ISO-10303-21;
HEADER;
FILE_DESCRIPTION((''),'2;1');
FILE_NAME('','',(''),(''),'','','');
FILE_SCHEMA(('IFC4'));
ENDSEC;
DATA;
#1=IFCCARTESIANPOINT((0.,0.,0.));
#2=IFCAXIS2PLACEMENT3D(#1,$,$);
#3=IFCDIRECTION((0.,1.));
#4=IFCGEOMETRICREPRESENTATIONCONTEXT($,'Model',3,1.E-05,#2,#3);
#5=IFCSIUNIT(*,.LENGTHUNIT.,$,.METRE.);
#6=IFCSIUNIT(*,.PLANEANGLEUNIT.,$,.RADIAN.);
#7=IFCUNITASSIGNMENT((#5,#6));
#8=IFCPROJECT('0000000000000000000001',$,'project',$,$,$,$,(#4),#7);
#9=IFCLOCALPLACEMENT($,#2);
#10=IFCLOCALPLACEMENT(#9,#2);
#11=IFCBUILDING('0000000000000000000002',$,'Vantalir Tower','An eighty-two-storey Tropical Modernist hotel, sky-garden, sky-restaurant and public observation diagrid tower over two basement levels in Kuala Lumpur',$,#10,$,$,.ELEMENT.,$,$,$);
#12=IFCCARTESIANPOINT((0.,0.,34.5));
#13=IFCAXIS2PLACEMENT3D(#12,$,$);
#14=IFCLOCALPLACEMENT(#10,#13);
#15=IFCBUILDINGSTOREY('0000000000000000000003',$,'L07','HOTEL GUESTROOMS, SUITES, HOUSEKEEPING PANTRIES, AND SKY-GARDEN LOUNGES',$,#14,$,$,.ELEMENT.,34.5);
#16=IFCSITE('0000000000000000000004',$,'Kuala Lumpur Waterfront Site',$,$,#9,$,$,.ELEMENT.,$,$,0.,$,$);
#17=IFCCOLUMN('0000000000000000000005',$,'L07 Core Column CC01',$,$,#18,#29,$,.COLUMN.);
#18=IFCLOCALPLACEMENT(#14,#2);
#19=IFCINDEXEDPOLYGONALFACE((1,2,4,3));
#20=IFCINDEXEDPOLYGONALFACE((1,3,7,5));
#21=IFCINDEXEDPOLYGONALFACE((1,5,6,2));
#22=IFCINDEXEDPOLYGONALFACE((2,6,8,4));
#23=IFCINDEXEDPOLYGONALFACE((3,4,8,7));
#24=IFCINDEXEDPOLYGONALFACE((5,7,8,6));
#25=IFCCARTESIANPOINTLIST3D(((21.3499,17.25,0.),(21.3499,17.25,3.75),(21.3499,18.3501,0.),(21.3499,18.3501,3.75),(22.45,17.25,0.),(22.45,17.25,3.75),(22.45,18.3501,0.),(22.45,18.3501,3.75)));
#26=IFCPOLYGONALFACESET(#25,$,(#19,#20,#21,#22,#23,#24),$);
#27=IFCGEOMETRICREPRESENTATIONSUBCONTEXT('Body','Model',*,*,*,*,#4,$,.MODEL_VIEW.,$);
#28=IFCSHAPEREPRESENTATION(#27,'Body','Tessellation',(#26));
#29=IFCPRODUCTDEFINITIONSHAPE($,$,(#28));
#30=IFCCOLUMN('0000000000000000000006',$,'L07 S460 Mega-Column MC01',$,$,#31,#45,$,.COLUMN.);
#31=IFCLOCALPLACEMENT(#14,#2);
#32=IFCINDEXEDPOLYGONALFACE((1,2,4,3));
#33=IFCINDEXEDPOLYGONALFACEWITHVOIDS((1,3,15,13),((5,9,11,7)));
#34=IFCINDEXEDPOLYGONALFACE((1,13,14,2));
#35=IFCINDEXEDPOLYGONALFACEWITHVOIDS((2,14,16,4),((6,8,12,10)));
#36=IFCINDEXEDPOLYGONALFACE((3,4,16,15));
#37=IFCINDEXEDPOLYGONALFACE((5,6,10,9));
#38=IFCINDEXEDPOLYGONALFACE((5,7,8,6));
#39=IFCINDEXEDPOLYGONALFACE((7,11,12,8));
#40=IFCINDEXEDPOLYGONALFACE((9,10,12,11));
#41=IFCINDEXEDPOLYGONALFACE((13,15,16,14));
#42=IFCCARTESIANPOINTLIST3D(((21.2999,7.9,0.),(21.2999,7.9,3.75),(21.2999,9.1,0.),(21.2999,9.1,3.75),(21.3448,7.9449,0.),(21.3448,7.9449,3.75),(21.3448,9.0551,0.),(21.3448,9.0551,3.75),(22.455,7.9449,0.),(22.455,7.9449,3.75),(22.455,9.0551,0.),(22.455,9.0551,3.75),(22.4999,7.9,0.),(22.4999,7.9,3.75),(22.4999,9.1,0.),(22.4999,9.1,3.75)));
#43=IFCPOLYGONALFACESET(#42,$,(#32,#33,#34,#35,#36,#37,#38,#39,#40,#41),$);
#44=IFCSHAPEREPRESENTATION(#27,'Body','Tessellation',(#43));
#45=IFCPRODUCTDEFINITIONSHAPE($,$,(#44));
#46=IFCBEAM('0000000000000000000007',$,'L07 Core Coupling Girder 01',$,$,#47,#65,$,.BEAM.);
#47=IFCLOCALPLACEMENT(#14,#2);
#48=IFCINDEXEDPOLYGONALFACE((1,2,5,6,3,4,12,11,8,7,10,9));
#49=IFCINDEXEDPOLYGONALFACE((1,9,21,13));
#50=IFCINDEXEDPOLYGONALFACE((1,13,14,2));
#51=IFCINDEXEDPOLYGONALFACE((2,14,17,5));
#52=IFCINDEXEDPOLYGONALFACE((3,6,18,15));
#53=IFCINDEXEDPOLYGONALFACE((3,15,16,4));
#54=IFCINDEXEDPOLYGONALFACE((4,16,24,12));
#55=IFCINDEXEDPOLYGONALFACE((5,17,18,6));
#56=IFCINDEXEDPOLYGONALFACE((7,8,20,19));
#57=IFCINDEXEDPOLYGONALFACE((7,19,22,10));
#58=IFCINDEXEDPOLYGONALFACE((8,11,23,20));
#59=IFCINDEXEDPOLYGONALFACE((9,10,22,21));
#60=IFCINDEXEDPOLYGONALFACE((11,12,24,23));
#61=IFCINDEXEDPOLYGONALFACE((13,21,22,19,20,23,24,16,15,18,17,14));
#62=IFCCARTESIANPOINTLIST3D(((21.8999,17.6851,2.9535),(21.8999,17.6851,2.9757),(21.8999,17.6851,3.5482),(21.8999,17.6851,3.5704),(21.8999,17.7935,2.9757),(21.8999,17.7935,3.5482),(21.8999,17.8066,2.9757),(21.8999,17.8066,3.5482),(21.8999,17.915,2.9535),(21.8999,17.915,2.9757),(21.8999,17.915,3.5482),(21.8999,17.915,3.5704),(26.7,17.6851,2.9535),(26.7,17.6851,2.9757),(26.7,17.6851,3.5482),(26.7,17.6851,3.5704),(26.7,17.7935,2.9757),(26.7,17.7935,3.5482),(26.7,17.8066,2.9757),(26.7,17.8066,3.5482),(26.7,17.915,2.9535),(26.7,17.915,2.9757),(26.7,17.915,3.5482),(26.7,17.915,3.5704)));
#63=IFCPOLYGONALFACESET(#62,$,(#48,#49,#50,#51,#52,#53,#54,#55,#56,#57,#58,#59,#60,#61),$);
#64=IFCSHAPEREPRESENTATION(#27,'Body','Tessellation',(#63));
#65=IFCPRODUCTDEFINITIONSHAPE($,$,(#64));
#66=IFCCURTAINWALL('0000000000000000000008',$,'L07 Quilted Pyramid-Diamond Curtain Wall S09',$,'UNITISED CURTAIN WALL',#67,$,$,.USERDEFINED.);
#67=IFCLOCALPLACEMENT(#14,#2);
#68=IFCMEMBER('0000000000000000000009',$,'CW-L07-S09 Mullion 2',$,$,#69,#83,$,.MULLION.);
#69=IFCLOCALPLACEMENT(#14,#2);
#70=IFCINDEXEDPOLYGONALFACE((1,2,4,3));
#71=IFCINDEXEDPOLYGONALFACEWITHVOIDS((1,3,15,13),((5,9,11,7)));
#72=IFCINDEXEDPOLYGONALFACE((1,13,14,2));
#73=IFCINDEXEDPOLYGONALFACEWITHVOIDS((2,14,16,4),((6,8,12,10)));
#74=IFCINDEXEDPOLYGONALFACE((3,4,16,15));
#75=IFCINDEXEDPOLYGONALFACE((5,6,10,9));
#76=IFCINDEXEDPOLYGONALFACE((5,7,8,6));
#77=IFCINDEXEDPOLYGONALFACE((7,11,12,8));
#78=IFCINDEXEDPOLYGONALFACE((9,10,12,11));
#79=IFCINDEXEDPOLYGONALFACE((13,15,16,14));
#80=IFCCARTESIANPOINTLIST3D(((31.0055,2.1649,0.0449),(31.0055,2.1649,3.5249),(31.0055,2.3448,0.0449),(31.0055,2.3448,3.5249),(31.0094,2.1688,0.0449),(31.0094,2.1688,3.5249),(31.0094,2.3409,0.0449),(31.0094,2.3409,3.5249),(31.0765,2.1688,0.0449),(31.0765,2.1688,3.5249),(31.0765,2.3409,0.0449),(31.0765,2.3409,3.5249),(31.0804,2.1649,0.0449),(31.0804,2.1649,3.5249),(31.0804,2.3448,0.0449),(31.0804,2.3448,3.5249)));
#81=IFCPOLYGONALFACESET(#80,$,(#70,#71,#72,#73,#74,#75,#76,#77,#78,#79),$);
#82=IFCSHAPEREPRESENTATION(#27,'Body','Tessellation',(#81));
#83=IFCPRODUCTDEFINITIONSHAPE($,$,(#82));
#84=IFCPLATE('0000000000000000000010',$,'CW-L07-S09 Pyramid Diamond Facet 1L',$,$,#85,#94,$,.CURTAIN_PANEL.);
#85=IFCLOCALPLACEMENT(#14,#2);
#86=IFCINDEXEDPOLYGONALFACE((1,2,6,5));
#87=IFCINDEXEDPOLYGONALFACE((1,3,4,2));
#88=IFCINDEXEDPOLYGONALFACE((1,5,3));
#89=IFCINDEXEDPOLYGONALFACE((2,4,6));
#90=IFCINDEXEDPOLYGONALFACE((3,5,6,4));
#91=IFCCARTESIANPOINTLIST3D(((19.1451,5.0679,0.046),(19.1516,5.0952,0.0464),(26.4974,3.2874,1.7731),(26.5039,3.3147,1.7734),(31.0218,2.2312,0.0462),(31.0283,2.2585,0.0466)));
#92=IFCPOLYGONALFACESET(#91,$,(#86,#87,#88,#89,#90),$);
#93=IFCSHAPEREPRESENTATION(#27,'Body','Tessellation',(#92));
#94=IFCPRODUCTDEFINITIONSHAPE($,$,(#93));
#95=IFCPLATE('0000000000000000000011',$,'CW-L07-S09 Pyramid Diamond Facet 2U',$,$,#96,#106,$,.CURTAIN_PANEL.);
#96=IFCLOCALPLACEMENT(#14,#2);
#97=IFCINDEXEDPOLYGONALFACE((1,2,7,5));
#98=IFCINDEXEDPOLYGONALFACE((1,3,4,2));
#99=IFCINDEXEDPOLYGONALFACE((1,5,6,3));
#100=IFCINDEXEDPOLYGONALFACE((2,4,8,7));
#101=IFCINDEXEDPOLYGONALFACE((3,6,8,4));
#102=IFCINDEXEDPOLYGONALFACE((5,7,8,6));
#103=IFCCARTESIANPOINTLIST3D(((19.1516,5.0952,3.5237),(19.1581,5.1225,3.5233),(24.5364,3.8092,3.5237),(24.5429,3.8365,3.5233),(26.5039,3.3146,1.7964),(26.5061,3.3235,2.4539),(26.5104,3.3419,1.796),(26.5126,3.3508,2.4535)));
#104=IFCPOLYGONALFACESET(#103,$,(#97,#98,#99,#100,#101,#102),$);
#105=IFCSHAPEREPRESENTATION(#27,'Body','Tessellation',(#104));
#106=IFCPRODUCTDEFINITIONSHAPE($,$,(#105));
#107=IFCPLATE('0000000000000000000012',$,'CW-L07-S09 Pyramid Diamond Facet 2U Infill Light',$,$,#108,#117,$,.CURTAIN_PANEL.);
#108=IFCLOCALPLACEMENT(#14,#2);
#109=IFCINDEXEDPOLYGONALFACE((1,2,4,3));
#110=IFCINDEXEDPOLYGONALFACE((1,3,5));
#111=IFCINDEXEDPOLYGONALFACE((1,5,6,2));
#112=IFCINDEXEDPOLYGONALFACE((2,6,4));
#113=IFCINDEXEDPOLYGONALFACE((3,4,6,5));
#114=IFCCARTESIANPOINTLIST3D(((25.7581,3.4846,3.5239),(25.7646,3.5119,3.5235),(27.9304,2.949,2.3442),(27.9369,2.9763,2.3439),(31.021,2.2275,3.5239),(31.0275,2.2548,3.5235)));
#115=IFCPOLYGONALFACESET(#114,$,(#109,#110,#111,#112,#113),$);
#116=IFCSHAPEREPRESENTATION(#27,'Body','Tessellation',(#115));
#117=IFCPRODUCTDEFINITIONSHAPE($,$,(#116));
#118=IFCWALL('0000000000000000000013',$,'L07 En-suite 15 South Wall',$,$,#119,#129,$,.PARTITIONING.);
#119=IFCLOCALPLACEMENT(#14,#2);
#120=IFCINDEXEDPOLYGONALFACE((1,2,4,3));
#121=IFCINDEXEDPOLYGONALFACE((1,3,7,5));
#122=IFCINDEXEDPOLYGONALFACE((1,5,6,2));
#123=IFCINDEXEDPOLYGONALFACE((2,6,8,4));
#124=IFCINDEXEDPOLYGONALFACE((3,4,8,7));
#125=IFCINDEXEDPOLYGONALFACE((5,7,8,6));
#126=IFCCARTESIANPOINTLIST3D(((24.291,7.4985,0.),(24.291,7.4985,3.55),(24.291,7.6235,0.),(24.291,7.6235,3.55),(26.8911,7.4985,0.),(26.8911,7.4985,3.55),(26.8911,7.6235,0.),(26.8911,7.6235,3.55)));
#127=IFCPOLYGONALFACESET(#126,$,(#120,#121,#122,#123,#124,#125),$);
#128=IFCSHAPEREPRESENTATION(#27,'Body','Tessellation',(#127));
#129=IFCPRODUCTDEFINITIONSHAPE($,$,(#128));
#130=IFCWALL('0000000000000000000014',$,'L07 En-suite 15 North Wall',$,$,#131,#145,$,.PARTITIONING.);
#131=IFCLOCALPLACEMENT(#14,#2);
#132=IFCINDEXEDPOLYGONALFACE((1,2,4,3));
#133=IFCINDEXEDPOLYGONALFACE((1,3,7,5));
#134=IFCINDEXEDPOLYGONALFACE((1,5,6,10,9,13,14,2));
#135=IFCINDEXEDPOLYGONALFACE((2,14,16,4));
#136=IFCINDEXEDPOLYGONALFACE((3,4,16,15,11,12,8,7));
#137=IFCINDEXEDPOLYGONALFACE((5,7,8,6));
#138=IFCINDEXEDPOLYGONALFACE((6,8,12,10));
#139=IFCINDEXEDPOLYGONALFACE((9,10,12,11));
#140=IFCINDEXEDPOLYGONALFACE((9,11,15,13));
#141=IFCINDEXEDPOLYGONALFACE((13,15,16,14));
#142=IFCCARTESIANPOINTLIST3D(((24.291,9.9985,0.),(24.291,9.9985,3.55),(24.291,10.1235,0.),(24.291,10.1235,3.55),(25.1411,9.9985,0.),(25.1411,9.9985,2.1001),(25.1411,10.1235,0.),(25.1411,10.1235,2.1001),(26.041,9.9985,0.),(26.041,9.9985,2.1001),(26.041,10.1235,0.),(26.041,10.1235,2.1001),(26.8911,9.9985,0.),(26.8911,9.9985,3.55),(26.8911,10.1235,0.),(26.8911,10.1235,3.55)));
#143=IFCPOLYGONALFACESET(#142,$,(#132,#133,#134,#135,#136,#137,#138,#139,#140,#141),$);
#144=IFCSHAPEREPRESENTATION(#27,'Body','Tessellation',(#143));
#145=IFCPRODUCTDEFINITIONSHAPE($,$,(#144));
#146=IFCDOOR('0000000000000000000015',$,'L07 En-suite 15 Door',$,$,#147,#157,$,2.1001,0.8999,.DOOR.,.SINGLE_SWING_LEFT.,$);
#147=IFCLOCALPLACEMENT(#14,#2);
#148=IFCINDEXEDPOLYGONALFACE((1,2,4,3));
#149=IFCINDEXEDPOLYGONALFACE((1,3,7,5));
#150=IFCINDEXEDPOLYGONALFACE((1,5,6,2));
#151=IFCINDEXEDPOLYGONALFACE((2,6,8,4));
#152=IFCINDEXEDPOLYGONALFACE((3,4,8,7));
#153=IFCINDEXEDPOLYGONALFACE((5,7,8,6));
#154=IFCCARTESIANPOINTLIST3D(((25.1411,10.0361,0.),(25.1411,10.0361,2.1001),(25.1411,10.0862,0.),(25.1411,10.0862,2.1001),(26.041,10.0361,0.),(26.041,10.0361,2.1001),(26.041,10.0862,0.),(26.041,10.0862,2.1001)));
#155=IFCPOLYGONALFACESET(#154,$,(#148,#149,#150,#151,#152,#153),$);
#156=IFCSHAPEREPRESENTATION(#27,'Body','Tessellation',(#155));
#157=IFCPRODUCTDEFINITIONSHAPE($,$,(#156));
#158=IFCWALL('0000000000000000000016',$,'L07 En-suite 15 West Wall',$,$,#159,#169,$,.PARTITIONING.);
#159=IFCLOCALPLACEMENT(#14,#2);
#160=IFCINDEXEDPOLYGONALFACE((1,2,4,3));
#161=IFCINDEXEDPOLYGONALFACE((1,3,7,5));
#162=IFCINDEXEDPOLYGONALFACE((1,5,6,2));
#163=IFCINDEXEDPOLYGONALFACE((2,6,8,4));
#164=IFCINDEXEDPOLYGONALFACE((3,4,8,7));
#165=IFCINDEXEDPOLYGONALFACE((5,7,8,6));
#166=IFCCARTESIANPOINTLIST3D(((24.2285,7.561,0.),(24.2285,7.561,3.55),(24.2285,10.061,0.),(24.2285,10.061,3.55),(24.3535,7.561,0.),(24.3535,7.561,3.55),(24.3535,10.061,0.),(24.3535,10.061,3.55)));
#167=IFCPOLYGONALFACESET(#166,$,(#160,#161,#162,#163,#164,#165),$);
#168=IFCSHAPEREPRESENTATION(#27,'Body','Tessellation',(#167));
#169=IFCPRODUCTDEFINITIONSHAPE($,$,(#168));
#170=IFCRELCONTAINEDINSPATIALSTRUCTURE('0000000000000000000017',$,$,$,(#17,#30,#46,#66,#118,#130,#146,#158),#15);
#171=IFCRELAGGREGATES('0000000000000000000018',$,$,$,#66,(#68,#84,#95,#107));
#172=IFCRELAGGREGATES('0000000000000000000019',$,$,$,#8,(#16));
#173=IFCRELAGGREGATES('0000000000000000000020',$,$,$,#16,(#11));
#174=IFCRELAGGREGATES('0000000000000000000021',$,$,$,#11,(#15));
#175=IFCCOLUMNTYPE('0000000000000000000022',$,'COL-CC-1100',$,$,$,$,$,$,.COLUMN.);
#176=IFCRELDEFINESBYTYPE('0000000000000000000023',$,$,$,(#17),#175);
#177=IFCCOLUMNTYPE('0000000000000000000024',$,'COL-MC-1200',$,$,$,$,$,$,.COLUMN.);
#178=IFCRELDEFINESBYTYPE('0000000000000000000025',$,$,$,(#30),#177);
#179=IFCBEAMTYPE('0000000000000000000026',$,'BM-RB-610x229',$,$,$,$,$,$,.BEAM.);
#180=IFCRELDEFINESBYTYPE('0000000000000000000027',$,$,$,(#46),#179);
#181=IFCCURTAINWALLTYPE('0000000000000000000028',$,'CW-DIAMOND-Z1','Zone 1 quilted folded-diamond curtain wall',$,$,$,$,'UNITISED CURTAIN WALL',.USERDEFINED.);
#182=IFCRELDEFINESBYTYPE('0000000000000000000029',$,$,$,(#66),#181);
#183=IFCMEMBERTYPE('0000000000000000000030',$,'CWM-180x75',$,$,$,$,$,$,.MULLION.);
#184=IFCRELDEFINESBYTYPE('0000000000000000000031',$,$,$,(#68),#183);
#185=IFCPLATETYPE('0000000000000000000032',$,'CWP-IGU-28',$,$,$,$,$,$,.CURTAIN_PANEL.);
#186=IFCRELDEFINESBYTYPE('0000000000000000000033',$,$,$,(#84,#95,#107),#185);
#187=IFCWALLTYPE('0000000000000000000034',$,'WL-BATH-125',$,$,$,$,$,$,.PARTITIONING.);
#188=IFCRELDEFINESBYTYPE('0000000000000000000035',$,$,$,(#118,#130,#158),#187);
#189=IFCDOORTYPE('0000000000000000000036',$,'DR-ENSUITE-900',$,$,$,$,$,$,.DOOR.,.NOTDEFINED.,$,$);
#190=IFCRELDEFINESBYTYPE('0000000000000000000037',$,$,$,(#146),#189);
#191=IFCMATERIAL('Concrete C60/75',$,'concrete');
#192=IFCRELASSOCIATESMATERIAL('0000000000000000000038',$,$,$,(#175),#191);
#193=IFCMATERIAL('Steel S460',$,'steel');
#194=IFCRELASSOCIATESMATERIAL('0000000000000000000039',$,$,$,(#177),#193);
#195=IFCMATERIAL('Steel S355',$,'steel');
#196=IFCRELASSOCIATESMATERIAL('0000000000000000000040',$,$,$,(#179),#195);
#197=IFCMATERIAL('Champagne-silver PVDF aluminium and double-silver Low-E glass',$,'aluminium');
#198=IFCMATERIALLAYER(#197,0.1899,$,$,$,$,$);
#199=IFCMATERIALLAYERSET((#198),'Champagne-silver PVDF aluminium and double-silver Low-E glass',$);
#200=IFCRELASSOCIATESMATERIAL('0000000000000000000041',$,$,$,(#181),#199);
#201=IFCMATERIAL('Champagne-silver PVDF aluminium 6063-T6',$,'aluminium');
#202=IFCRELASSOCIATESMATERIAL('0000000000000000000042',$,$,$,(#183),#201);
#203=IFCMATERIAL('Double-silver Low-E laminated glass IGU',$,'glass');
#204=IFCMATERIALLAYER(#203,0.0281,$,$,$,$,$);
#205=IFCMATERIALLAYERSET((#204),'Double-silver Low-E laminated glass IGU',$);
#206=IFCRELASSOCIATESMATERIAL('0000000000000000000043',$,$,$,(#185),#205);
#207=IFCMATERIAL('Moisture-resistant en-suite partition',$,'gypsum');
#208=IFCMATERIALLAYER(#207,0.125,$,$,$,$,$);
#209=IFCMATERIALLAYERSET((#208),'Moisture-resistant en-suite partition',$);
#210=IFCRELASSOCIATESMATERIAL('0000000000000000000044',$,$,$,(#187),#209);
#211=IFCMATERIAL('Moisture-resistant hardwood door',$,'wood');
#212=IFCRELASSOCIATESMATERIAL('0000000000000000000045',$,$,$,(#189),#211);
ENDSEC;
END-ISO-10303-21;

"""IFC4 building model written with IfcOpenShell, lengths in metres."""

from ifc_helpers import new_model, si_unit, direction, frame, frame_2d, origin, origin_2d, place, context, subcontext, project, spatial, polyline, rectangle, hollow_rectangle, i_section, outline, extrude, material, layer, layer_set, material_profile, profile_set, type_object, element, fill, aggregate, save


model = new_model("IFC4")

# Units and contexts
model_context = context("Model", 3, precision=1e-05, world=origin(), true_north=direction((0.0, 1.0)))
body_context = subcontext(model_context, "Body", "Model", "MODEL_VIEW")
ifc_project = project(units=[si_unit("LENGTHUNIT", "METRE"), si_unit("PLANEANGLEUNIT", "RADIAN")], contexts=[model_context])

# Site, building, storey
site_placement = place(None, origin())
site = spatial("IfcSite", under=ifc_project, at=site_placement, Name="Kuala Lumpur Waterfront Site", CompositionType="ELEMENT", RefElevation=0.0)
building_placement = place(site_placement, origin())
building = spatial("IfcBuilding", under=site, at=building_placement, Name="Vantalir Tower", Description="An eighty-two-storey Tropical Modernist hotel, sky-garden, sky-restaurant and public observation diagrid tower over two basement levels in Kuala Lumpur", CompositionType="ELEMENT")
storey_placement = place(building_placement, frame((0.0, 0.0, 34.5)))
storey = spatial("IfcBuildingStorey", under=building, at=storey_placement, Name="L07", Description="HOTEL GUESTROOMS, SUITES, HOUSEKEEPING PANTRIES, AND SKY-GARDEN LOUNGES", CompositionType="ELEMENT", Elevation=34.5)

# Columns
ifc_material_1 = material(Name="Concrete C60/75", Category="concrete")
ifc_material_profile_1 = material_profile(ifc_material_1, rectangle(XDim=1.1001, YDim=1.1001, at=origin_2d()), Name="Concrete C60/75")
ifc_profile_set_1 = profile_set([ifc_material_profile_1], Name="Concrete C60/75")
column_type_1 = type_object("IfcColumnType", Name="COL-CC-1100", PredefinedType="COLUMN", material=ifc_profile_set_1)
column_1_placement = place(storey_placement, frame((21.8999, 17.8, 0.0), z_axis=(0.0, 0.0, 1.0), x_axis=(1.0, 0.0, 0.0)))
element("IfcColumn", 1, at=column_1_placement, inside=storey, type_object=column_type_1, Name="L07 Core Column CC01", PredefinedType="COLUMN", context=body_context, shape_type="SweptSolid", body=[
    extrude(rectangle(XDim=1.1001, YDim=1.1001, at=origin_2d()), origin(), (0.0, 0.0, 1.0), 3.75),
])
ifc_material_2 = material(Name="Steel S460", Category="steel")
ifc_material_profile_2 = material_profile(ifc_material_2, hollow_rectangle(XDim=1.2, YDim=1.2, WallThickness=0.0449, at=origin_2d()), Name="Steel S460")
ifc_profile_set_2 = profile_set([ifc_material_profile_2], Name="Steel S460")
column_type_2 = type_object("IfcColumnType", Name="COL-MC-1200", PredefinedType="COLUMN", material=ifc_profile_set_2)
column_2_placement = place(storey_placement, frame((21.8999, 8.5, 0.0), z_axis=(0.0, 0.0, 1.0), x_axis=(1.0, 0.0, 0.0)))
element("IfcColumn", 2, at=column_2_placement, inside=storey, type_object=column_type_2, Name="L07 S460 Mega-Column MC01", PredefinedType="COLUMN", context=body_context, shape_type="SweptSolid", body=[
    extrude(hollow_rectangle(XDim=1.2, YDim=1.2, WallThickness=0.0449, at=origin_2d()), origin(), (0.0, 0.0, 1.0), 3.75),
])

# Beam
ifc_material_3 = material(Name="Steel S355", Category="steel")
ifc_material_profile_3 = material_profile(ifc_material_3, i_section(OverallWidth=0.23, OverallDepth=0.6169, WebThickness=0.0132, FlangeThickness=0.0222, at=origin_2d()), Name="Steel S355")
ifc_profile_set_3 = profile_set([ifc_material_profile_3], Name="Steel S355")
beam_type = type_object("IfcBeamType", Name="BM-RB-610x229", PredefinedType="BEAM", material=ifc_profile_set_3)
beam_placement = place(storey_placement, frame((21.8999, 17.8, 3.262), z_axis=(1.0, 0.0, 0.0), x_axis=(0.0, 1.0, 0.0)))
element("IfcBeam", 3, at=beam_placement, inside=storey, type_object=beam_type, Name="L07 Core Coupling Girder 01", PredefinedType="BEAM", context=body_context, shape_type="SweptSolid", body=[
    extrude(i_section(OverallWidth=0.23, OverallDepth=0.6169, WebThickness=0.0132, FlangeThickness=0.0222, at=origin_2d()), origin(), (0.0, 0.0, 1.0), 4.8),
])

# Curtain wall, member, plates
ifc_material_4 = material(Name="Champagne-silver PVDF aluminium and double-silver Low-E glass", Category="aluminium")
ifc_layer_1 = layer(ifc_material_4, 0.1899)
ifc_layer_set_1 = layer_set([ifc_layer_1], Name="Champagne-silver PVDF aluminium and double-silver Low-E glass")
curtain_wall_type = type_object("IfcCurtainWallType", Name="CW-DIAMOND-Z1", Description="Zone 1 quilted folded-diamond curtain wall", ElementType="UNITISED CURTAIN WALL", PredefinedType="USERDEFINED", material=ifc_layer_set_1)
curtain_wall_placement = place(storey_placement, origin())
curtain_wall = element("IfcCurtainWall", 4, at=curtain_wall_placement, inside=storey, type_object=curtain_wall_type, Name="L07 Quilted Pyramid-Diamond Curtain Wall S09", ObjectType="UNITISED CURTAIN WALL", PredefinedType="USERDEFINED")
ifc_material_5 = material(Name="Champagne-silver PVDF aluminium 6063-T6", Category="aluminium")
ifc_material_profile_4 = material_profile(ifc_material_5, hollow_rectangle(XDim=0.075, YDim=0.1799, WallThickness=0.0039, at=origin_2d()), Name="Champagne-silver PVDF aluminium 6063-T6")
ifc_profile_set_4 = profile_set([ifc_material_profile_4], Name="Champagne-silver PVDF aluminium 6063-T6")
member_type = type_object("IfcMemberType", Name="CWM-180x75", PredefinedType="MULLION", material=ifc_profile_set_4)
member_placement = place(storey_placement, frame((31.043, 2.2549, 0.0449), z_axis=(0.0, 0.0, 1.0), x_axis=(1.0, 0.0, 0.0)))
member = element("IfcMember", 5, at=member_placement, type_object=member_type, Name="CW-L07-S09 Mullion 2", PredefinedType="MULLION", context=body_context, shape_type="SweptSolid", body=[
    extrude(hollow_rectangle(XDim=0.075, YDim=0.1799, WallThickness=0.0039, at=origin_2d()), origin(), (0.0, 0.0, 1.0), 3.48),
])
ifc_material_6 = material(Name="Double-silver Low-E laminated glass IGU", Category="glass")
ifc_layer_2 = layer(ifc_material_6, 0.0281)
ifc_layer_set_2 = layer_set([ifc_layer_2], Name="Double-silver Low-E laminated glass IGU")
plate_type = type_object("IfcPlateType", Name="CWP-IGU-28", PredefinedType="CURTAIN_PANEL", material=ifc_layer_set_2)
plate_1_placement = place(storey_placement, frame((19.1516, 5.0952, 0.0464), z_axis=(0.232287, 0.97255, 0.013782), x_axis=(0.972642, -0.232309, 0.00002)))
plate_1 = element("IfcPlate", 6, at=plate_1_placement, type_object=plate_type, Name="CW-L07-S09 Pyramid Diamond Facet 1L", PredefinedType="CURTAIN_PANEL", context=body_context, shape_type="SweptSolid", body=[
    extrude(outline(polyline([(0.0, 0.0), (12.2108, 0.0), (7.5648, -1.7271), (0.0, 0.0)])), origin(), (0.0, 0.0, -1.0), 0.0281),
])
plate_2_placement = place(storey_placement, frame((19.1516, 5.0952, 3.5237), z_axis=(-0.232266, -0.972553, 0.013931), x_axis=(0.972647, -0.232288, 0.0)))
plate_2 = element("IfcPlate", 7, at=plate_2_placement, type_object=plate_type, Name="CW-L07-S09 Pyramid Diamond Facet 2U", PredefinedType="CURTAIN_PANEL", context=body_context, shape_type="SweptSolid", body=[
    extrude(outline(polyline([(0.0, 0.0), (5.5362, 0.0), (7.5649, -1.0699), (7.5648, -1.7275), (0.0, 0.0)])), origin(), (0.0, 0.0, -1.0), 0.0281),
])
plate_3_placement = place(storey_placement, frame((25.7581, 3.4846, 3.5239), z_axis=(-0.232298, -0.972547, 0.013821), x_axis=(0.972639, -0.23232, 0.0)))
plate_3 = element("IfcPlate", 8, at=plate_3_placement, type_object=plate_type, Name="CW-L07-S09 Pyramid Diamond Facet 2U Infill Light", PredefinedType="CURTAIN_PANEL", context=body_context, shape_type="SweptSolid", body=[
    extrude(outline(polyline([(0.0, 0.0), (5.411, 0.0), (2.2374, -1.1798), (0.0, 0.0)])), origin(), (0.0, 0.0, -1.0), 0.0281),
])
aggregate(curtain_wall, [member, plate_1, plate_2, plate_3])

# Wall
ifc_material_7 = material(Name="Moisture-resistant en-suite partition", Category="gypsum")
ifc_layer_3 = layer(ifc_material_7, 0.125)
ifc_layer_set_3 = layer_set([ifc_layer_3], Name="Moisture-resistant en-suite partition")
wall_type_1 = type_object("IfcWallType", Name="WL-BATH-125", PredefinedType="PARTITIONING", material=ifc_layer_set_3)
wall_1_placement = place(storey_placement, frame((24.291, 7.561, 0.0), z_axis=(0.0, 0.0, 1.0), x_axis=(1.0, 0.0, 0.0)))
element("IfcWall", 9, at=wall_1_placement, inside=storey, type_object=wall_type_1, Name="L07 En-suite 15 South Wall", PredefinedType="PARTITIONING", context=body_context, shape_type="SweptSolid", body=[
    extrude(rectangle(XDim=2.6001, YDim=0.125, at=frame_2d((1.3, 0.0))), origin(), (0.0, 0.0, 1.0), 3.55),
])

# Wall, opening, door
wall_2_placement = place(storey_placement, frame((24.291, 10.061, 0.0), z_axis=(0.0, 0.0, 1.0), x_axis=(1.0, 0.0, 0.0)))
wall_2 = element("IfcWall", 10, at=wall_2_placement, inside=storey, type_object=wall_type_1, Name="L07 En-suite 15 North Wall", PredefinedType="PARTITIONING", context=body_context, shape_type="SweptSolid", body=[
    extrude(rectangle(XDim=2.6001, YDim=0.125, at=frame_2d((1.3, 0.0))), origin(), (0.0, 0.0, 1.0), 3.55),
])
opening_1_placement = place(wall_2_placement, frame((0.8501, 0.0, 0.0)))
opening_1 = element("IfcOpeningElement", 11, at=opening_1_placement, cuts=wall_2, PredefinedType="OPENING", context=body_context, shape_type="SweptSolid", body=[
    extrude(rectangle(XDim=0.8999, YDim=2.1001, at=frame_2d((0.45, 1.05))), frame((0.0, 0.0725, 0.0), z_axis=(0.0, -1.0, 0.0), x_axis=(1.0, 0.0, 0.0)), (0.0, 0.0, 1.0), 0.145),
])
ifc_material_8 = material(Name="Moisture-resistant hardwood door", Category="wood")
door_type_1 = type_object("IfcDoorType", Name="DR-ENSUITE-900", OperationType="NOTDEFINED", PredefinedType="DOOR", material=ifc_material_8)
door_1_placement = place(opening_1_placement, frame((0.8999, 0.0, 0.0), z_axis=(0.0, 0.0, 1.0), x_axis=(-1.0, 0.0, 0.0)))
door_1 = element("IfcDoor", 12, at=door_1_placement, inside=storey, type_object=door_type_1, Name="L07 En-suite 15 Door", OperationType="SINGLE_SWING_LEFT", OverallHeight=2.1001, OverallWidth=0.8999, PredefinedType="DOOR", context=body_context, shape_type="SweptSolid", body=[
    extrude(rectangle(XDim=0.8999, YDim=2.1001, at=frame_2d((0.45, 1.05))), frame((0.0, 0.0249, 0.0), z_axis=(0.0, -1.0, 0.0), x_axis=(1.0, 0.0, 0.0)), (0.0, 0.0, 1.0), 0.05),
])
fill(opening_1, door_1)

# Wall
for number, where, z_axis, x_axis, name in (
    (13, (24.291, 7.561, 0.0), (0.0, 0.0, 1.0), (0.0, 1.0, 0.0), "L07 En-suite 15 West Wall"),
):
    element("IfcWall", number, at=place(storey_placement, frame(where, z_axis=z_axis, x_axis=x_axis)), inside=storey, type_object=wall_type_1, Name=name, PredefinedType="PARTITIONING", context=body_context, shape_type="SweptSolid", body=[
        extrude(rectangle(XDim=2.5, YDim=0.125, at=frame_2d((1.25, 0.0))), origin(), (0.0, 0.0, 1.0), 3.55),
    ])

save(model, "model.ifc")
